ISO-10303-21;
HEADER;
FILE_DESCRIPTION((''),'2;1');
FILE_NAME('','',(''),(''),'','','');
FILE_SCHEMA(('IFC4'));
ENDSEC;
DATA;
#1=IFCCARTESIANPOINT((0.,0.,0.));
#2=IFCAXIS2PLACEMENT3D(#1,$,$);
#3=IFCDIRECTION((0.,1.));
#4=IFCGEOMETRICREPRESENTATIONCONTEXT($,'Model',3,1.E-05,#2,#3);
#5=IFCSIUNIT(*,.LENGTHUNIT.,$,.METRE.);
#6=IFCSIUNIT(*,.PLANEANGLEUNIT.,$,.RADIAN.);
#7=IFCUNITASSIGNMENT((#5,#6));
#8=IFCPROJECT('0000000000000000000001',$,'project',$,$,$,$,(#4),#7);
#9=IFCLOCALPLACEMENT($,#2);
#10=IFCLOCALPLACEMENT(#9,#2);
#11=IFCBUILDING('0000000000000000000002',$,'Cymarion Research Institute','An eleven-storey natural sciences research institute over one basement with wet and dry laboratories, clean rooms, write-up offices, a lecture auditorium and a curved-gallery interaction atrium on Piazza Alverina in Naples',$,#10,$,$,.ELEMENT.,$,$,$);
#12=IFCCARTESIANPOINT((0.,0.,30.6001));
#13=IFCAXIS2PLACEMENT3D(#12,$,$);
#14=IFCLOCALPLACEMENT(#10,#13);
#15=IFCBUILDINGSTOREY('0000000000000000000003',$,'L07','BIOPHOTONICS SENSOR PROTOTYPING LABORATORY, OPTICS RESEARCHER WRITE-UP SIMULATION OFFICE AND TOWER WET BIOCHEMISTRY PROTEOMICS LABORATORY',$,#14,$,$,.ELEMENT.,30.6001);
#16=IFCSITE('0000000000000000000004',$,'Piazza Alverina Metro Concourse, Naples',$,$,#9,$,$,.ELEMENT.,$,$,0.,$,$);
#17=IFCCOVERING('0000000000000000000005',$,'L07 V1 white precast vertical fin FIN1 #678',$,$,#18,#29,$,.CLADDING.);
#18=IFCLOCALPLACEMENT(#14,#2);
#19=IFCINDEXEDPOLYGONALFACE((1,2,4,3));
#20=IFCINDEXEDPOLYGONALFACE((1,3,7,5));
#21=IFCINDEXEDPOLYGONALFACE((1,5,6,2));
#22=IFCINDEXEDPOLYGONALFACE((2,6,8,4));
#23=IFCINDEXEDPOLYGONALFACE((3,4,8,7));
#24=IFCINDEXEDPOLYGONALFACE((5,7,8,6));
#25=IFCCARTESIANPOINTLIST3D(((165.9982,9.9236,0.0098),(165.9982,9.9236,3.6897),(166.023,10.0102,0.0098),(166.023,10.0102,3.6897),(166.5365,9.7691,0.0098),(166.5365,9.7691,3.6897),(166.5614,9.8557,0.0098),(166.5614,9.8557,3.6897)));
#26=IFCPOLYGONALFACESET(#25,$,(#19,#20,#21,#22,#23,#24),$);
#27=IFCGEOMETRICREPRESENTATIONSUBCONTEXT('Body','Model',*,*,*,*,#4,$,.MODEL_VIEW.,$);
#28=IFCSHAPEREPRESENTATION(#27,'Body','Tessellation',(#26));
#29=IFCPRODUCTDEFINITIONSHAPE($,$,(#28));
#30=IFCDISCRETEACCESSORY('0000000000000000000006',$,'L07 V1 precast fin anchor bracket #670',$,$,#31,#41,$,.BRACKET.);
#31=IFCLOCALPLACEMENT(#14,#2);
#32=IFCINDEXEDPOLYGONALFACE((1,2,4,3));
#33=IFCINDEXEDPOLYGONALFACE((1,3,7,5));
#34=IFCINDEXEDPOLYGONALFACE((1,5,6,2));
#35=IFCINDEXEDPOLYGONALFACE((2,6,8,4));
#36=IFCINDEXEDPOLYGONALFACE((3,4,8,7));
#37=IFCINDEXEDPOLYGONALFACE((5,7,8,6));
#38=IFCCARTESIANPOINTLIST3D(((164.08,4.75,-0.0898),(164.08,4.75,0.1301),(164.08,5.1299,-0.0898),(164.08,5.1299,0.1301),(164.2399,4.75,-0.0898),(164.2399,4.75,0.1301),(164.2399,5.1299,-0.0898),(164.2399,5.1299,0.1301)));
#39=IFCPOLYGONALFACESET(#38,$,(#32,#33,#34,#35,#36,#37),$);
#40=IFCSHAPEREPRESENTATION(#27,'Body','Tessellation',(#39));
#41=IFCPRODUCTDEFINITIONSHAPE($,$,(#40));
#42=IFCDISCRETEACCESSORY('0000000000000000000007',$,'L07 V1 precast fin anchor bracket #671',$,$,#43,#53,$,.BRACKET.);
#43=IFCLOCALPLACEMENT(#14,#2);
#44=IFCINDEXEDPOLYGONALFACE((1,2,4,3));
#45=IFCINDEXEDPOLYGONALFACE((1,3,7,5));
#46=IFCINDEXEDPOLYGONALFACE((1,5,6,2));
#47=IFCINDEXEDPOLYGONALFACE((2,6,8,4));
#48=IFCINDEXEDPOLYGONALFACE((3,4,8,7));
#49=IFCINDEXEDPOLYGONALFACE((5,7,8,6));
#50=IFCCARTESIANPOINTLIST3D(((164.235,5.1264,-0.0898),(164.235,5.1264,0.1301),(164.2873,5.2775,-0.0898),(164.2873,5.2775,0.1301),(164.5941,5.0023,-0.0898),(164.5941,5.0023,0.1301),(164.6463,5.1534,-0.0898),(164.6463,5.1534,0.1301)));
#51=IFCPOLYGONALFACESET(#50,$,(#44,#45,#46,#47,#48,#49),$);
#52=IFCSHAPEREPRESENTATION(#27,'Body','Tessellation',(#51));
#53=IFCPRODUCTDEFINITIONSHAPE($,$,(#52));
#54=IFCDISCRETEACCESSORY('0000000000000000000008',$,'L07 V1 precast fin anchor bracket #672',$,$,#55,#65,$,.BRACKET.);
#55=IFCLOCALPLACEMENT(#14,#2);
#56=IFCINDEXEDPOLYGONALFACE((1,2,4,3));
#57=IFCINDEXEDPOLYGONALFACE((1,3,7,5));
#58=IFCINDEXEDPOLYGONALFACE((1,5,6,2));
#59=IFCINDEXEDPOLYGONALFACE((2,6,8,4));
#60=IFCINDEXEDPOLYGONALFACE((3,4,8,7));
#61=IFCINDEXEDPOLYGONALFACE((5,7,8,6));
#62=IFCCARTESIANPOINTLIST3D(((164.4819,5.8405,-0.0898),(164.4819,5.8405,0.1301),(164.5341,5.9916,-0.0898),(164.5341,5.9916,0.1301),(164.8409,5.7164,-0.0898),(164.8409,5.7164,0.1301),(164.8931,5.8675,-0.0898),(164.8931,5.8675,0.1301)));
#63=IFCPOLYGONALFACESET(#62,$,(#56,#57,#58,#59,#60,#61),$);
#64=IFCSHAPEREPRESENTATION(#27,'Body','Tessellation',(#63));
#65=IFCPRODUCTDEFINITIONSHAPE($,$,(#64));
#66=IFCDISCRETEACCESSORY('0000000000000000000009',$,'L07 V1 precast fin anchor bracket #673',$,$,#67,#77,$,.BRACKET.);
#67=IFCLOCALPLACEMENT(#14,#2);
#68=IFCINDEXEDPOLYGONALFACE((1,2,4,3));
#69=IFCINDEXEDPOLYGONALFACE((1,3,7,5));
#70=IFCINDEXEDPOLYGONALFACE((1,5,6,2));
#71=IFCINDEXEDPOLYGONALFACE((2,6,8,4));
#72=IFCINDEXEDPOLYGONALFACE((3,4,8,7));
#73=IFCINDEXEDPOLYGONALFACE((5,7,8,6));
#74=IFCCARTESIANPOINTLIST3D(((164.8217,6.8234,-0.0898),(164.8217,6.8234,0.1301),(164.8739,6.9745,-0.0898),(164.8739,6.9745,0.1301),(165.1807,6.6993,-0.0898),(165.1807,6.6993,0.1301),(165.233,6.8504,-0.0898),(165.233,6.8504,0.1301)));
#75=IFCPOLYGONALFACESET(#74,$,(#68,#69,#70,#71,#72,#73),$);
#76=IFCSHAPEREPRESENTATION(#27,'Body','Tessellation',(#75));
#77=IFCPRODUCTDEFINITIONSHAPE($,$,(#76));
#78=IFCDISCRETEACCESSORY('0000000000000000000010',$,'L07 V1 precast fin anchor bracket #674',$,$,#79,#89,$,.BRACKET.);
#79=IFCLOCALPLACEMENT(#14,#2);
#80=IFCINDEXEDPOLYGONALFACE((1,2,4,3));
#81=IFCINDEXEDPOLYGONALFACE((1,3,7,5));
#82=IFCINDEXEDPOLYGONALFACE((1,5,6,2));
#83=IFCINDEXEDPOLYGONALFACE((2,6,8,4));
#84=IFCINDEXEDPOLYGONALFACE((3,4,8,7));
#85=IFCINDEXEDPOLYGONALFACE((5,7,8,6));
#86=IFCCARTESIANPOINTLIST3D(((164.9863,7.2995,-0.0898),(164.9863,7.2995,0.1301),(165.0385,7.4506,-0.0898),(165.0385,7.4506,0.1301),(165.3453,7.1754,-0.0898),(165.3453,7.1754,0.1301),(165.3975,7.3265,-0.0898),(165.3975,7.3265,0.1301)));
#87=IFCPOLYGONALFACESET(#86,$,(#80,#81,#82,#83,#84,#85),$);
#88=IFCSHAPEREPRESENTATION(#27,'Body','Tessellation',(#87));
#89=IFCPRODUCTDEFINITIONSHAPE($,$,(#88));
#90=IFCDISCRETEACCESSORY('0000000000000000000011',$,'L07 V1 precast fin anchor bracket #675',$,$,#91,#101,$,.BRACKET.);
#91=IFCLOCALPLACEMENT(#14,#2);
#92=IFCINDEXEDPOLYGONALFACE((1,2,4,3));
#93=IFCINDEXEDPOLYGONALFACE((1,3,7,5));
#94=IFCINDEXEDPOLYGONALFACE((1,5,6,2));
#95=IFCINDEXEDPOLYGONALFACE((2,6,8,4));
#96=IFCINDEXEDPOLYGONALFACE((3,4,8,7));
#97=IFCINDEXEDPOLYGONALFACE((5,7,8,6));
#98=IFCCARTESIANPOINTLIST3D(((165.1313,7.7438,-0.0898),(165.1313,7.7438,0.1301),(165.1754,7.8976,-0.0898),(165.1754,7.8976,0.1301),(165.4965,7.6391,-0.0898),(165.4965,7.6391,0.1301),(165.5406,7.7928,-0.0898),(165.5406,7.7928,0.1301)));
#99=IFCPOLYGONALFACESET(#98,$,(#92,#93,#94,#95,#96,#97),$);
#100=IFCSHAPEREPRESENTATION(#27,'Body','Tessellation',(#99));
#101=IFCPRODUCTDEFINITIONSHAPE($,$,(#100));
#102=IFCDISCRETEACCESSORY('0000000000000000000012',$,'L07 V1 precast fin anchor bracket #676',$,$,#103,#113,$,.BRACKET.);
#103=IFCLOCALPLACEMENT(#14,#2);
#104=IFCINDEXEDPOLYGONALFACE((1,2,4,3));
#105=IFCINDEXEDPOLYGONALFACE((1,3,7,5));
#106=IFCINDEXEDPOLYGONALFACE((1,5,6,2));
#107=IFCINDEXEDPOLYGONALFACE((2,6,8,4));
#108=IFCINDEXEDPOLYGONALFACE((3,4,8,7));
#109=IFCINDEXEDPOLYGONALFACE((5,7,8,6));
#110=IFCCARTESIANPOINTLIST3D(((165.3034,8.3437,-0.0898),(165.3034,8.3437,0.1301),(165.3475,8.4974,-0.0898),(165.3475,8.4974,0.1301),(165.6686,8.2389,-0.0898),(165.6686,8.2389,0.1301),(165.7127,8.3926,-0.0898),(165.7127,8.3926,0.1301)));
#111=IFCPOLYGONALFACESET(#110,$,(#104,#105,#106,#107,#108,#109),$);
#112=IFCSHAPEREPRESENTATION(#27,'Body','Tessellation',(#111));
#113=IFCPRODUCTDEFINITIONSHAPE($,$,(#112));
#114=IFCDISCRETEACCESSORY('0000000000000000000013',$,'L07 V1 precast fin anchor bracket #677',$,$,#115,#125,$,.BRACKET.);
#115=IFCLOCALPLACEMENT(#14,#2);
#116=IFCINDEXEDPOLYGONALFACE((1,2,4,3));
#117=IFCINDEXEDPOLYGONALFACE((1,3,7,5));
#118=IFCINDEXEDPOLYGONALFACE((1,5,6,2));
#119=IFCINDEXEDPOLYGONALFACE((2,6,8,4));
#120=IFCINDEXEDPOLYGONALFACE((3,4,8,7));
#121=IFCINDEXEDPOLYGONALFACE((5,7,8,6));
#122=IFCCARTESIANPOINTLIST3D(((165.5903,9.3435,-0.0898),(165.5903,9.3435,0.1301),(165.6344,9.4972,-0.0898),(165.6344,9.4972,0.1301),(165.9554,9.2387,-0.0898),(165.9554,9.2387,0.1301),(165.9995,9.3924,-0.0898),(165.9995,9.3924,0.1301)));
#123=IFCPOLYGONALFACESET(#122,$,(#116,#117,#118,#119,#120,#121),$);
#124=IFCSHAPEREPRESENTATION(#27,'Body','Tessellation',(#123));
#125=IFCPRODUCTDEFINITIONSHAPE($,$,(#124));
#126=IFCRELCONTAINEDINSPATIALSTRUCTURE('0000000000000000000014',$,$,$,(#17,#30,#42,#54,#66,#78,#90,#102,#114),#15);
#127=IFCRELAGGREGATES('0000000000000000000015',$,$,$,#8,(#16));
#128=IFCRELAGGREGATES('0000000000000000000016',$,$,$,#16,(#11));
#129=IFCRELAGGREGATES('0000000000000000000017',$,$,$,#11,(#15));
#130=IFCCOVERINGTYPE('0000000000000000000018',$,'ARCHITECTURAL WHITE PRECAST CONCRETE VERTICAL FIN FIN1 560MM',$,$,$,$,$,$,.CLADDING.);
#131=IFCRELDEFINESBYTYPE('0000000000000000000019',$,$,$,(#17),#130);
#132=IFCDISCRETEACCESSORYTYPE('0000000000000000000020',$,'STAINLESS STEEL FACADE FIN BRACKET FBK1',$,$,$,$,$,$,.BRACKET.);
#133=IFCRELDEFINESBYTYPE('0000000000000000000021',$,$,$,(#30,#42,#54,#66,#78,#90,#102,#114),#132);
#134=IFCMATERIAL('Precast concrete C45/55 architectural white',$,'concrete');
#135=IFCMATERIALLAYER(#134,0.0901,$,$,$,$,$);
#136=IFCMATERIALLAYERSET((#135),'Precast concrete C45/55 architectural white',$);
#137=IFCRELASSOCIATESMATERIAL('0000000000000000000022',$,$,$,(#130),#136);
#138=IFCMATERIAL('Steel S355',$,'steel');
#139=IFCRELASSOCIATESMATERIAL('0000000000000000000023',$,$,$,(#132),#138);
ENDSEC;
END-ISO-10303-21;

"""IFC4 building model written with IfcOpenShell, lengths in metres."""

from ifc_helpers import new_model, si_unit, direction, frame, origin, origin_2d, place, context, subcontext, project, spatial, rectangle, extrude, material, layer, layer_set, type_object, element, save


model = new_model("IFC4")

# Units and contexts
model_context = context("Model", 3, precision=1e-05, world=origin(), true_north=direction((0.0, 1.0)))
body_context = subcontext(model_context, "Body", "Model", "MODEL_VIEW")
ifc_project = project(units=[si_unit("LENGTHUNIT", "METRE"), si_unit("PLANEANGLEUNIT", "RADIAN")], contexts=[model_context])

# Site, building, storey
site_placement = place(None, origin())
site = spatial("IfcSite", under=ifc_project, at=site_placement, Name="Piazza Alverina Metro Concourse, Naples", CompositionType="ELEMENT", RefElevation=0.0)
building_placement = place(site_placement, origin())
building = spatial("IfcBuilding", under=site, at=building_placement, Name="Cymarion Research Institute", Description="An eleven-storey natural sciences research institute over one basement with wet and dry laboratories, clean rooms, write-up offices, a lecture auditorium and a curved-gallery interaction atrium on Piazza Alverina in Naples", CompositionType="ELEMENT")
storey_placement = place(building_placement, frame((0.0, 0.0, 30.6001)))
storey = spatial("IfcBuildingStorey", under=building, at=storey_placement, Name="L07", Description="BIOPHOTONICS SENSOR PROTOTYPING LABORATORY, OPTICS RESEARCHER WRITE-UP SIMULATION OFFICE AND TOWER WET BIOCHEMISTRY PROTEOMICS LABORATORY", CompositionType="ELEMENT", Elevation=30.6001)

# Shared definitions
ifc_material_1 = material(Name="Steel S355", Category="steel")

# Covering
ifc_material_2 = material(Name="Precast concrete C45/55 architectural white", Category="concrete")
ifc_layer_1 = layer(ifc_material_2, 0.0901)
ifc_layer_set_1 = layer_set([ifc_layer_1], Name="Precast concrete C45/55 architectural white")
covering_type = type_object("IfcCoveringType", Name="ARCHITECTURAL WHITE PRECAST CONCRETE VERTICAL FIN FIN1 560MM", PredefinedType="CLADDING", material=ifc_layer_set_1)
for number, where, z_axis, x_axis, name in (
    (1, (166.2798, 9.8896, 0.0098), (0.0, 0.0, 1.0), (0.961214, -0.275805, 0.0), "L07 V1 white precast vertical fin FIN1 #678"),
):
    element("IfcCovering", number, at=place(storey_placement, frame(where, z_axis=z_axis, x_axis=x_axis)), inside=storey, type_object=covering_type, Name=name, PredefinedType="CLADDING", context=body_context, shape_type="SweptSolid", body=[
        extrude(rectangle(XDim=0.5601, YDim=0.0901, at=origin_2d()), origin(), (0.0, 0.0, 1.0), 3.6799),
    ])

# Discrete accessories
discrete_accessory_type = type_object("IfcDiscreteAccessoryType", Name="STAINLESS STEEL FACADE FIN BRACKET FBK1", PredefinedType="BRACKET", material=ifc_material_1)
for number, where, z_axis, x_axis, name in (
    (2, (164.1599, 4.9399, -0.0898), (0.0, 0.0, 1.0), (0.0, -1.0, 0.0), "L07 V1 precast fin anchor bracket #670"),
    (3, (164.4407, 5.1399, -0.0898), (0.0, 0.0, 1.0), (0.94512, -0.326723, 0.0), "L07 V1 precast fin anchor bracket #671"),
    (4, (164.6875, 5.854, -0.0898), (0.0, 0.0, 1.0), (0.94512, -0.326723, 0.0), "L07 V1 precast fin anchor bracket #672"),
    (5, (165.0273, 6.8369, -0.0898), (0.0, 0.0, 1.0), (0.94512, -0.326723, 0.0), "L07 V1 precast fin anchor bracket #673"),
    (6, (165.1919, 7.313, -0.0898), (0.0, 0.0, 1.0), (0.94512, -0.326723, 0.0), "L07 V1 precast fin anchor bracket #674"),
    (7, (165.3359, 7.7683, -0.0898), (0.0, 0.0, 1.0), (0.961214, -0.275805, 0.0), "L07 V1 precast fin anchor bracket #675"),
    (8, (165.5081, 8.3682, -0.0898), (0.0, 0.0, 1.0), (0.961214, -0.275805, 0.0), "L07 V1 precast fin anchor bracket #676"),
    (9, (165.7949, 9.3679, -0.0898), (0.0, 0.0, 1.0), (0.961214, -0.275805, 0.0), "L07 V1 precast fin anchor bracket #677"),
):
    element("IfcDiscreteAccessory", number, at=place(storey_placement, frame(where, z_axis=z_axis, x_axis=x_axis)), inside=storey, type_object=discrete_accessory_type, Name=name, PredefinedType="BRACKET", context=body_context, shape_type="SweptSolid", body=[
        extrude(rectangle(XDim=0.3799, YDim=0.1599, at=origin_2d()), origin(), (0.0, 0.0, 1.0), 0.22),
    ])

save(model, "model.ifc")
